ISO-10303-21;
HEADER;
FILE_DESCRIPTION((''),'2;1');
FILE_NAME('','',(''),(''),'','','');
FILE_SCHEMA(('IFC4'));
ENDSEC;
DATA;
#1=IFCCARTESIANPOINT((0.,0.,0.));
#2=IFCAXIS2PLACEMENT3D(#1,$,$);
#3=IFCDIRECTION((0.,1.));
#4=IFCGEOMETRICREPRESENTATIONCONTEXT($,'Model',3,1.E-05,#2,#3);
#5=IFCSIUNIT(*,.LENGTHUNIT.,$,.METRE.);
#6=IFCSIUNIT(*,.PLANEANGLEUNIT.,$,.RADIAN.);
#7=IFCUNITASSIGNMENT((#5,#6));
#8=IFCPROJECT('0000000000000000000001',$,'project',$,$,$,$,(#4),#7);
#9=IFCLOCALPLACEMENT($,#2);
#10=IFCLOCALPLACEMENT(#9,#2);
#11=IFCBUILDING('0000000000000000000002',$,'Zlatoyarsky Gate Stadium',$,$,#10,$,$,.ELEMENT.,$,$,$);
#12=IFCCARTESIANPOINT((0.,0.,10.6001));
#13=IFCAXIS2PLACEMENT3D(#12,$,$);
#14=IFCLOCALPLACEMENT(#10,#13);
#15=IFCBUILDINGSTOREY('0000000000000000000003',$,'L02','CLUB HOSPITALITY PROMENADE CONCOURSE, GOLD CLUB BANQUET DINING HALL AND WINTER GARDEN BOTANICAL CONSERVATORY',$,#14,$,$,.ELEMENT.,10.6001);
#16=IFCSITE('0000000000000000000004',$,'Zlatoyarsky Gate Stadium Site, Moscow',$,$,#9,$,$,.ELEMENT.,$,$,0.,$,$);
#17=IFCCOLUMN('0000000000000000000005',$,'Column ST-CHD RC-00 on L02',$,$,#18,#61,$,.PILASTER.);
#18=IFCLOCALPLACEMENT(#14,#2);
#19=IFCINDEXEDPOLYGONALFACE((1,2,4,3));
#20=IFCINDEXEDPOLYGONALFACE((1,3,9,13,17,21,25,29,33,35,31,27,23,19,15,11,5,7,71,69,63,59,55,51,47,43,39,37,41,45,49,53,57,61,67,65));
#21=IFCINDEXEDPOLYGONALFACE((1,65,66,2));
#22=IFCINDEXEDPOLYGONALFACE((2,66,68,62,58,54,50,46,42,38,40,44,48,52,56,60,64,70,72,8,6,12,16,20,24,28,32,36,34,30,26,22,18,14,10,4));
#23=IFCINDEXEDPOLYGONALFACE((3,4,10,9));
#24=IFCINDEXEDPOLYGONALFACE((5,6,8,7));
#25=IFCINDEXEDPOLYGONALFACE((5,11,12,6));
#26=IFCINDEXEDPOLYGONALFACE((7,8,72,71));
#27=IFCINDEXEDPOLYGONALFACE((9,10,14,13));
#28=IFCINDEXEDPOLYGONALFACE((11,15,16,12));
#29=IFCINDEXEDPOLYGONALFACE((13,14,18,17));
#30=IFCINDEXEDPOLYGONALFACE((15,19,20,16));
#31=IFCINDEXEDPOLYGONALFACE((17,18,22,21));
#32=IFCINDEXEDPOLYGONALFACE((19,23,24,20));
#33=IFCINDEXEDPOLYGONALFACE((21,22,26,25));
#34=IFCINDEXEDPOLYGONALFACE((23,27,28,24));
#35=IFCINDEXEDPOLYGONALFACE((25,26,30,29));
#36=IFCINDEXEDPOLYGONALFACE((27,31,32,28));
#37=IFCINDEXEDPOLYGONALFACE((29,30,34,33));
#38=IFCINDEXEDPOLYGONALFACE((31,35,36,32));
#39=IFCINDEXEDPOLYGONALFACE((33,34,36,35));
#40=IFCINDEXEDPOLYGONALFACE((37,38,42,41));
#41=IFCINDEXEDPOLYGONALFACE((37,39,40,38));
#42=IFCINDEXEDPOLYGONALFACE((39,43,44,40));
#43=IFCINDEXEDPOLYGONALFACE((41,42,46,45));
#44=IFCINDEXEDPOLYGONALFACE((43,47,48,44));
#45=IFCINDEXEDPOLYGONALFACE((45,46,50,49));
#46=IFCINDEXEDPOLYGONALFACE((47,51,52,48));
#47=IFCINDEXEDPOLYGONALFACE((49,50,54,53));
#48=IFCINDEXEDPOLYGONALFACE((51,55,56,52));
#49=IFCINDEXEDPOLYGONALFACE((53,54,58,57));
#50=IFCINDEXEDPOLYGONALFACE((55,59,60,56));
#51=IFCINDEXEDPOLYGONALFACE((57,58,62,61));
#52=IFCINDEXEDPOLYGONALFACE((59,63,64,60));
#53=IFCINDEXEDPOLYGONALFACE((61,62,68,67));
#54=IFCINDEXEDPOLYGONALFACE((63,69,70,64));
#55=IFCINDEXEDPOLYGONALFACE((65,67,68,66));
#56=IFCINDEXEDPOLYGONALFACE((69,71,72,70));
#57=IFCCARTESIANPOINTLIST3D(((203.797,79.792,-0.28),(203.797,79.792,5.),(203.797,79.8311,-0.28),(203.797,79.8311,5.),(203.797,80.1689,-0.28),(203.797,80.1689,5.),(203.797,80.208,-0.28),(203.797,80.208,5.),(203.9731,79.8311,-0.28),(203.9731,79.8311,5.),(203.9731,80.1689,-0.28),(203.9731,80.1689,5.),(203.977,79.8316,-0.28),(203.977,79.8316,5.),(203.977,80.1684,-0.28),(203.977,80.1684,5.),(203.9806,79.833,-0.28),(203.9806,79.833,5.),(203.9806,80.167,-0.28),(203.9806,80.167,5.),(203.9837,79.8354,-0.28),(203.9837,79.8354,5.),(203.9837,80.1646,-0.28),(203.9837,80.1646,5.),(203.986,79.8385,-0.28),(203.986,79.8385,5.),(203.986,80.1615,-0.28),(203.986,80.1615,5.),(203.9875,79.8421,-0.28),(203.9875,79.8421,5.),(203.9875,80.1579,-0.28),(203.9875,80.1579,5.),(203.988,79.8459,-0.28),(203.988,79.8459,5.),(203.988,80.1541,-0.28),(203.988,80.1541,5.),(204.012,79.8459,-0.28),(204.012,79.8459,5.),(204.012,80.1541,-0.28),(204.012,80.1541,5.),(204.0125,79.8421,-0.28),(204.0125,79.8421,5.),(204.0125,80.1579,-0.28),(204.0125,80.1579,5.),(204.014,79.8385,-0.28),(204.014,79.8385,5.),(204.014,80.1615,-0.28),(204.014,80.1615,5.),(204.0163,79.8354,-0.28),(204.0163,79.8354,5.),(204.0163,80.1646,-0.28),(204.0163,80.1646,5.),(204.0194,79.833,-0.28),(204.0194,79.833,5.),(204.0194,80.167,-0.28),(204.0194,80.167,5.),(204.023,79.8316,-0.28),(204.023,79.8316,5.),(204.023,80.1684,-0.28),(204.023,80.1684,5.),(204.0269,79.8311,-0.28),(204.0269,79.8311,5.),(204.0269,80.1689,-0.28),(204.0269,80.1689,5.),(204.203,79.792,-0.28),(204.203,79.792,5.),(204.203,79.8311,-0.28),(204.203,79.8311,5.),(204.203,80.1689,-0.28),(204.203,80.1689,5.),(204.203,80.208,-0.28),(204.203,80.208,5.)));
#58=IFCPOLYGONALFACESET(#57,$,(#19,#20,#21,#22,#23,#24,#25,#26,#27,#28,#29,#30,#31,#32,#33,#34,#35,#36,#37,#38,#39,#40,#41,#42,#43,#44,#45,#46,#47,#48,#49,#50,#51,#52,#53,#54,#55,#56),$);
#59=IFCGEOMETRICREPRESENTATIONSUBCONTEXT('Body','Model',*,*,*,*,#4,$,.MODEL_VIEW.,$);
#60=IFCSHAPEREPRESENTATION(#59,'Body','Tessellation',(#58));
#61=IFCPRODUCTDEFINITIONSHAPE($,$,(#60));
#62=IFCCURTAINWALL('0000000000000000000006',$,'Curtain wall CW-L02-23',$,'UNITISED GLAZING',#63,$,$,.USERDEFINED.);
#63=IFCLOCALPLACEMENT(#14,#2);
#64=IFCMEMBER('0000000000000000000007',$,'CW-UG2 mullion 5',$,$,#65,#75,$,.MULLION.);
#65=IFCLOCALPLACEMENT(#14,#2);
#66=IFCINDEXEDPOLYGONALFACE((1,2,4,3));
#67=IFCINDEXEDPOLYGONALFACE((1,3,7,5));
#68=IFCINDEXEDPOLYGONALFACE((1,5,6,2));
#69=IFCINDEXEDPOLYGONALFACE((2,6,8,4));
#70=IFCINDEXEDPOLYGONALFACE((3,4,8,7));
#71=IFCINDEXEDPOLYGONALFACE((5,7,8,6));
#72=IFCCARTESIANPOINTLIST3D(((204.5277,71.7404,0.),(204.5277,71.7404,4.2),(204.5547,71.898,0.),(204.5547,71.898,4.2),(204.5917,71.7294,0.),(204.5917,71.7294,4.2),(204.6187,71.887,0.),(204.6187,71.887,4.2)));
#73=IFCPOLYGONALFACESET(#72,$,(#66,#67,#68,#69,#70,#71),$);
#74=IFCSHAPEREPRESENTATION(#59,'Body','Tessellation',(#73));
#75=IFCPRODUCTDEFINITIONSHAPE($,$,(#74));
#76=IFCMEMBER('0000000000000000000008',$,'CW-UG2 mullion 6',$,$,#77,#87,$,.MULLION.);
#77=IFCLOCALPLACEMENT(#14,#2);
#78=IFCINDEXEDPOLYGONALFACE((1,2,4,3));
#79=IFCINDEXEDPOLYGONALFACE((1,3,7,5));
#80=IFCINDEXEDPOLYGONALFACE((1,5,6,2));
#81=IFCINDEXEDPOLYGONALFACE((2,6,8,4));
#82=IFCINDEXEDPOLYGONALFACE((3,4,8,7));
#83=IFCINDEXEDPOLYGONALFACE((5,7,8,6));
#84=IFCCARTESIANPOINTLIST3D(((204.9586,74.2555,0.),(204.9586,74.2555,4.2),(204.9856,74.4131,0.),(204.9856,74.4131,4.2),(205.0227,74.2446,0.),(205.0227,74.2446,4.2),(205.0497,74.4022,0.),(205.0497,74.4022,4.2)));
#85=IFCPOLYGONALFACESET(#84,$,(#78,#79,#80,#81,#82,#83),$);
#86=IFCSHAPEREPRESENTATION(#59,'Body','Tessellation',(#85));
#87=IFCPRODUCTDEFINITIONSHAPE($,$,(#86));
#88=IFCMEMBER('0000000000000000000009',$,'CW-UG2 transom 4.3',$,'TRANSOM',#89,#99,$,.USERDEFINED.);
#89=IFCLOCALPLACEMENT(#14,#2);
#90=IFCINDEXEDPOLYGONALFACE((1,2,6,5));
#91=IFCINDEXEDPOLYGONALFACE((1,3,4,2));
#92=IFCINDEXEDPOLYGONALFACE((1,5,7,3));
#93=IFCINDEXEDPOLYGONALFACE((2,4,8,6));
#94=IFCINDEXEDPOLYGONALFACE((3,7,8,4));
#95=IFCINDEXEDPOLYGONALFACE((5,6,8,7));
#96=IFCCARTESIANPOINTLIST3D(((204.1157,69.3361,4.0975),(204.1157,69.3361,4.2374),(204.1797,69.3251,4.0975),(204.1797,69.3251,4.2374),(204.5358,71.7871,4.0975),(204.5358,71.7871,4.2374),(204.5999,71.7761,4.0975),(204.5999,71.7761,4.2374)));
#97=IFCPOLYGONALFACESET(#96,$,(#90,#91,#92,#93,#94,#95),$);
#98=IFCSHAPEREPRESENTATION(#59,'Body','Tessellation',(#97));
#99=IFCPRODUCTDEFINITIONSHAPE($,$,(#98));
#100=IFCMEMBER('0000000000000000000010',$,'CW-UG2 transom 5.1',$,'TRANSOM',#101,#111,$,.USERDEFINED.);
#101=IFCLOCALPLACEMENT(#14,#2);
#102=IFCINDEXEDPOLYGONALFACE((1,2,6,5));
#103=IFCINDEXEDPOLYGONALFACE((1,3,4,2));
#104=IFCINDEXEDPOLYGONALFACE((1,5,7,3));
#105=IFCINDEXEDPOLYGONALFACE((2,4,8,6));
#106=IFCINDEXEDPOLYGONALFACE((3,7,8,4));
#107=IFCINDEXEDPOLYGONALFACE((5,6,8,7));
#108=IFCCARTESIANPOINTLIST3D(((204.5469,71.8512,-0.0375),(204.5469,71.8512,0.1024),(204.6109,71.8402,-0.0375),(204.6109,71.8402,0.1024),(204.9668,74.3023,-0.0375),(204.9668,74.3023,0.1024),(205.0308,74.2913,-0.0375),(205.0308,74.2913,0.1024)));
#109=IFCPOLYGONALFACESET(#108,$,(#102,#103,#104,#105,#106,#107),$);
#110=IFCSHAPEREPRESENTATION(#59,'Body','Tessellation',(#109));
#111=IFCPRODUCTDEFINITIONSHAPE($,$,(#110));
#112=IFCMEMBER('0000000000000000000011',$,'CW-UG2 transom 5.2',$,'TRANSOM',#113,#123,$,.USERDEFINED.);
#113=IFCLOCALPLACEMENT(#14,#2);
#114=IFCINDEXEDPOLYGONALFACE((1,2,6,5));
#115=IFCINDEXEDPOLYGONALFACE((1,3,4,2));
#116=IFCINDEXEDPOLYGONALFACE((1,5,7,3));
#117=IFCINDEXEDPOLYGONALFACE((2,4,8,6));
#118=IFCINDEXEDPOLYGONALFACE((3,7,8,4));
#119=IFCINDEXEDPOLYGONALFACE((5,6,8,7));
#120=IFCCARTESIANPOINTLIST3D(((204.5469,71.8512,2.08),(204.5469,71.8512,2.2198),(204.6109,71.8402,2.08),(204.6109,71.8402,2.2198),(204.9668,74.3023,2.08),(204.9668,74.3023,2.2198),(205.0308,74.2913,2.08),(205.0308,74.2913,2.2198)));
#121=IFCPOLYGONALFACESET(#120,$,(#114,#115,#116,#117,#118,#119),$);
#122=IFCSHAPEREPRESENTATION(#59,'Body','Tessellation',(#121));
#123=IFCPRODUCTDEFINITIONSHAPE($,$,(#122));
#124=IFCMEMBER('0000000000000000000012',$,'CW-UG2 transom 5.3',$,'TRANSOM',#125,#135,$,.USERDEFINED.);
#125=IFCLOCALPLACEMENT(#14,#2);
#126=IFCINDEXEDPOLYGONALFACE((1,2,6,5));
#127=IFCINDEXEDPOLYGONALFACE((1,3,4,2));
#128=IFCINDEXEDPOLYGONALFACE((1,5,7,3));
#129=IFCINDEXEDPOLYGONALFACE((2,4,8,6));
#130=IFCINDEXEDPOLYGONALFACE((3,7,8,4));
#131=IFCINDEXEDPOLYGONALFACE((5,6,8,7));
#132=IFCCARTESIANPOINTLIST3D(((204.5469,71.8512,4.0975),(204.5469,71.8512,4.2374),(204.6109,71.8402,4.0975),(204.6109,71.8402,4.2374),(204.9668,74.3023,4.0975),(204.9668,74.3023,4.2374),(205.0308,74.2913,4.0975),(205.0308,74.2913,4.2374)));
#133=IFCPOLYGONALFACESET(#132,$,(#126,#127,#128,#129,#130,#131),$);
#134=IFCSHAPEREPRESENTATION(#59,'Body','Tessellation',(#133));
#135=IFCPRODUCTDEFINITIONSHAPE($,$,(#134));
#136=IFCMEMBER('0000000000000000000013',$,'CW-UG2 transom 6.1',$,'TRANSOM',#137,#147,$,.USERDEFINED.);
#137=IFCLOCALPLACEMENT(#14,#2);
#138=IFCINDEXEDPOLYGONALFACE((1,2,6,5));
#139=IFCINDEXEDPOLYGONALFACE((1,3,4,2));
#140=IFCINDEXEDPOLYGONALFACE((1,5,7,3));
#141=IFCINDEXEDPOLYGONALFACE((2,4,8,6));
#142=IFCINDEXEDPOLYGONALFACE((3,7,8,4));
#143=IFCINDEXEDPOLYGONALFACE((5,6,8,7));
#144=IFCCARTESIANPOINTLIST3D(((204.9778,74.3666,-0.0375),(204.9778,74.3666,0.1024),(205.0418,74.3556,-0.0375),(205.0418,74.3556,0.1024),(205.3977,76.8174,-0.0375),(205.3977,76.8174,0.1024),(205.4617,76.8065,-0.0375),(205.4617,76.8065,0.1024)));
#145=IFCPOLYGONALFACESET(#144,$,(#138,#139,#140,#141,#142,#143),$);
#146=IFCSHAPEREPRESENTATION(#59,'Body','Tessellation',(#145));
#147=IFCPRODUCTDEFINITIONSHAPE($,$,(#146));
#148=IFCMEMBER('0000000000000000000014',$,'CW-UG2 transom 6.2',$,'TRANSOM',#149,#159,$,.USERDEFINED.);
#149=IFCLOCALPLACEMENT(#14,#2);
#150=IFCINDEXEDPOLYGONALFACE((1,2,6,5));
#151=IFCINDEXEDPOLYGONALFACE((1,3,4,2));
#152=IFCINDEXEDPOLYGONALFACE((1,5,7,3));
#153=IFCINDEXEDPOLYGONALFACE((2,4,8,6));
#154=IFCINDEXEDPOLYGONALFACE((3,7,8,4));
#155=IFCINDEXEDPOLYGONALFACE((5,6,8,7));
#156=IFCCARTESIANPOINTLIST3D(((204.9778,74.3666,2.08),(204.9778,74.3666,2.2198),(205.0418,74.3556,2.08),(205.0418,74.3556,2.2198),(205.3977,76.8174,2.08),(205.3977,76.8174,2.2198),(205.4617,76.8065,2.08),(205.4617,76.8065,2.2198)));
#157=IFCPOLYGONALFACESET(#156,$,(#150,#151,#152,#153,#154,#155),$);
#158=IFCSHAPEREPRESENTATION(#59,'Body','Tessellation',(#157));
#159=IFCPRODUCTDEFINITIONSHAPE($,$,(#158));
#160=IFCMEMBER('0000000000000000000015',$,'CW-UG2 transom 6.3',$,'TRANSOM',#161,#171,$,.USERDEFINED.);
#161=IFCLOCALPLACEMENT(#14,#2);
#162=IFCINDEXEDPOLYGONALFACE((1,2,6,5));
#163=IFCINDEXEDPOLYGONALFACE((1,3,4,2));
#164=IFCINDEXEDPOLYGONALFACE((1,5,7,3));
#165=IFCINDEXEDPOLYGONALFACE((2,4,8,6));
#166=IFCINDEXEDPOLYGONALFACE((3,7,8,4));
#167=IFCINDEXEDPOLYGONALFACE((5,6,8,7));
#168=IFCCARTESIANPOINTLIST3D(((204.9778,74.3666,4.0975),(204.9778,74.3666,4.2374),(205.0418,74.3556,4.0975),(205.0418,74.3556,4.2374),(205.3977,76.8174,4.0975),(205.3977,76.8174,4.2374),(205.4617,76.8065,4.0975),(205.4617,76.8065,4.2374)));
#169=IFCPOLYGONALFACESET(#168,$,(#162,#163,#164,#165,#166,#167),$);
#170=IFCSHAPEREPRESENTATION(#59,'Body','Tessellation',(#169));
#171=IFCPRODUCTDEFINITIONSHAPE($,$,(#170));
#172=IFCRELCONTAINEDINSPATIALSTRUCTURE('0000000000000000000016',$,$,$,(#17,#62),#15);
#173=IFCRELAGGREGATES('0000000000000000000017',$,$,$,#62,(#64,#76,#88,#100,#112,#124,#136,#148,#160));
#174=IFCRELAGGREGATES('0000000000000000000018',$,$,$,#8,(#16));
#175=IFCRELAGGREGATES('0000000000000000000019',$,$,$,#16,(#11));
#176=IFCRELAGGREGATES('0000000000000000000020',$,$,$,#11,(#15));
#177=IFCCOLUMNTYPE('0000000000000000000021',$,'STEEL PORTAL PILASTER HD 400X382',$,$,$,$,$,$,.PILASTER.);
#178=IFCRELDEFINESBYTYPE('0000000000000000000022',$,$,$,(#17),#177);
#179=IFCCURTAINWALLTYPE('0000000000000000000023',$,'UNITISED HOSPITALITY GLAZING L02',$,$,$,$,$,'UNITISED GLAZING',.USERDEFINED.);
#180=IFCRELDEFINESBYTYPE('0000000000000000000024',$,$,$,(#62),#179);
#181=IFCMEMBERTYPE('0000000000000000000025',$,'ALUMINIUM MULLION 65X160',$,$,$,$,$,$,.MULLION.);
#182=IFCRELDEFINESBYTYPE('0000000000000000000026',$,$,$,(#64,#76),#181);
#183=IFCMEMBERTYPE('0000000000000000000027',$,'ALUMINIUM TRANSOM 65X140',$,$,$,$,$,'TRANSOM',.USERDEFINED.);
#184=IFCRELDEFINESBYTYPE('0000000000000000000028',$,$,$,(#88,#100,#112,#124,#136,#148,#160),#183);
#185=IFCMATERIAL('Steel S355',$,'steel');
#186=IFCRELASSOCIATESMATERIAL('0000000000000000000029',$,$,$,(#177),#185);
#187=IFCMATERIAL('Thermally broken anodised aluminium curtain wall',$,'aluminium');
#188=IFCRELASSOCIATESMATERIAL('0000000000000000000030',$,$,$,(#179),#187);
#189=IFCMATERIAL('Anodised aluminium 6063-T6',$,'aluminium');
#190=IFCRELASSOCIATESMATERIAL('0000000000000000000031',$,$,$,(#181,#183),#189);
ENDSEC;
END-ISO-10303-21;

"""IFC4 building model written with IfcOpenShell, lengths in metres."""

from ifc_helpers import new_model, si_unit, direction, frame, origin, origin_2d, place, context, subcontext, project, spatial, rectangle, i_section, extrude, material, material_profile, profile_set, type_object, element, aggregate, save


model = new_model("IFC4")

# Units and contexts
model_context = context("Model", 3, precision=1e-05, world=origin(), true_north=direction((0.0, 1.0)))
body_context = subcontext(model_context, "Body", "Model", "MODEL_VIEW")
ifc_project = project(units=[si_unit("LENGTHUNIT", "METRE"), si_unit("PLANEANGLEUNIT", "RADIAN")], contexts=[model_context])

# Site, building, storey
site_placement = place(None, origin())
site = spatial("IfcSite", under=ifc_project, at=site_placement, Name="Zlatoyarsky Gate Stadium Site, Moscow", CompositionType="ELEMENT", RefElevation=0.0)
building_placement = place(site_placement, origin())
building = spatial("IfcBuilding", under=site, at=building_placement, Name="Zlatoyarsky Gate Stadium", CompositionType="ELEMENT")
storey_placement = place(building_placement, frame((0.0, 0.0, 10.6001)))
storey = spatial("IfcBuildingStorey", under=building, at=storey_placement, Name="L02", Description="CLUB HOSPITALITY PROMENADE CONCOURSE, GOLD CLUB BANQUET DINING HALL AND WINTER GARDEN BOTANICAL CONSERVATORY", CompositionType="ELEMENT", Elevation=10.6001)

# Column
ifc_material_1 = material(Name="Steel S355", Category="steel")
ifc_material_profile_1 = material_profile(ifc_material_1, i_section(OverallWidth=0.406, OverallDepth=0.416, WebThickness=0.0239, FlangeThickness=0.0391, FilletRadius=0.0149, at=origin_2d()), Name="HD 400X382")
ifc_profile_set_1 = profile_set([ifc_material_profile_1], Name="Steel S355")
column_type = type_object("IfcColumnType", Name="STEEL PORTAL PILASTER HD 400X382", PredefinedType="PILASTER", material=ifc_profile_set_1)
column_placement = place(storey_placement, frame((204.0, 80.0, -0.28), z_axis=(0.0, 0.0, 1.0), x_axis=(1.0, 0.0, 0.0)))
element("IfcColumn", 1, at=column_placement, inside=storey, type_object=column_type, Name="Column ST-CHD RC-00 on L02", PredefinedType="PILASTER", context=body_context, shape_type="SweptSolid", body=[
    extrude(i_section(OverallWidth=0.406, OverallDepth=0.416, WebThickness=0.0239, FlangeThickness=0.0391, FilletRadius=0.0149, at=origin_2d()), origin(), (0.0, 0.0, 1.0), 5.28),
])

# Curtain wall, members
ifc_material_2 = material(Name="Thermally broken anodised aluminium curtain wall", Category="aluminium")
curtain_wall_type = type_object("IfcCurtainWallType", Name="UNITISED HOSPITALITY GLAZING L02", ElementType="UNITISED GLAZING", PredefinedType="USERDEFINED", material=ifc_material_2)
curtain_wall_placement = place(storey_placement, origin())
curtain_wall = element("IfcCurtainWall", 2, at=curtain_wall_placement, inside=storey, type_object=curtain_wall_type, Name="Curtain wall CW-L02-23", ObjectType="UNITISED GLAZING", PredefinedType="USERDEFINED")
ifc_material_3 = material(Name="Anodised aluminium 6063-T6", Category="aluminium")
ifc_material_profile_2 = material_profile(ifc_material_3, rectangle(XDim=0.0649, YDim=0.1599, at=origin_2d()), Name="ALU 65X160")
ifc_profile_set_2 = profile_set([ifc_material_profile_2], Name="Anodised aluminium 6063-T6")
member_type_1 = type_object("IfcMemberType", Name="ALUMINIUM MULLION 65X160", PredefinedType="MULLION", material=ifc_profile_set_2)
member_1_placement = place(storey_placement, frame((204.5732, 71.8137, 0.0), z_axis=(0.0, 0.0, 1.0), x_axis=(-0.985637, 0.168876, 0.0)))
member_1 = element("IfcMember", 3, at=member_1_placement, type_object=member_type_1, Name="CW-UG2 mullion 5", PredefinedType="MULLION", context=body_context, shape_type="SweptSolid", body=[
    extrude(rectangle(XDim=0.0649, YDim=0.1599, at=origin_2d()), origin(), (0.0, 0.0, 1.0), 4.2),
])
member_2_placement = place(storey_placement, frame((205.0042, 74.3289, 0.0), z_axis=(0.0, 0.0, 1.0), x_axis=(-0.985637, 0.168876, 0.0)))
member_2 = element("IfcMember", 4, at=member_2_placement, type_object=member_type_1, Name="CW-UG2 mullion 6", PredefinedType="MULLION", context=body_context, shape_type="SweptSolid", body=[
    extrude(rectangle(XDim=0.0649, YDim=0.1599, at=origin_2d()), origin(), (0.0, 0.0, 1.0), 4.2),
])
ifc_material_profile_3 = material_profile(ifc_material_3, rectangle(XDim=0.0649, YDim=0.1399, at=origin_2d()), Name="ALU 65X140")
ifc_profile_set_3 = profile_set([ifc_material_profile_3], Name="Anodised aluminium 6063-T6")
member_type_2 = type_object("IfcMemberType", Name="ALUMINIUM TRANSOM 65X140", ElementType="TRANSOM", PredefinedType="USERDEFINED", material=ifc_profile_set_3)
member_3_placement = place(storey_placement, frame((204.1477, 69.3306, 4.1675), z_axis=(0.16895, 0.985625, 0.0), x_axis=(-0.985625, 0.16895, 0.0)))
member_3 = element("IfcMember", 5, at=member_3_placement, type_object=member_type_2, Name="CW-UG2 transom 4.3", ObjectType="TRANSOM", PredefinedType="USERDEFINED", context=body_context, shape_type="SweptSolid", body=[
    extrude(rectangle(XDim=0.0649, YDim=0.1399, at=origin_2d()), origin(), (0.0, 0.0, 1.0), 2.4868),
])
member_4_placement = place(storey_placement, frame((204.5789, 71.8457, 0.0325), z_axis=(0.168855, 0.985641, 0.0), x_axis=(-0.985641, 0.168855, 0.0)))
member_4 = element("IfcMember", 6, at=member_4_placement, type_object=member_type_2, Name="CW-UG2 transom 5.1", ObjectType="TRANSOM", PredefinedType="USERDEFINED", context=body_context, shape_type="SweptSolid", body=[
    extrude(rectangle(XDim=0.0649, YDim=0.1399, at=origin_2d()), origin(), (0.0, 0.0, 1.0), 2.4868),
])
member_5_placement = place(storey_placement, frame((204.5789, 71.8457, 2.1499), z_axis=(0.168855, 0.985641, 0.0), x_axis=(-0.985641, 0.168855, 0.0)))
member_5 = element("IfcMember", 7, at=member_5_placement, type_object=member_type_2, Name="CW-UG2 transom 5.2", ObjectType="TRANSOM", PredefinedType="USERDEFINED", context=body_context, shape_type="SweptSolid", body=[
    extrude(rectangle(XDim=0.0649, YDim=0.1399, at=origin_2d()), origin(), (0.0, 0.0, 1.0), 2.4868),
])
member_6_placement = place(storey_placement, frame((204.5789, 71.8457, 4.1675), z_axis=(0.168855, 0.985641, 0.0), x_axis=(-0.985641, 0.168855, 0.0)))
member_6 = element("IfcMember", 8, at=member_6_placement, type_object=member_type_2, Name="CW-UG2 transom 5.3", ObjectType="TRANSOM", PredefinedType="USERDEFINED", context=body_context, shape_type="SweptSolid", body=[
    extrude(rectangle(XDim=0.0649, YDim=0.1399, at=origin_2d()), origin(), (0.0, 0.0, 1.0), 2.4868),
])
member_7_placement = place(storey_placement, frame((205.0098, 74.3611, 0.0325), z_axis=(0.168871, 0.985638, 0.0), x_axis=(-0.985638, 0.168871, 0.0)))
member_7 = element("IfcMember", 9, at=member_7_placement, type_object=member_type_2, Name="CW-UG2 transom 6.1", ObjectType="TRANSOM", PredefinedType="USERDEFINED", context=body_context, shape_type="SweptSolid", body=[
    extrude(rectangle(XDim=0.0649, YDim=0.1399, at=origin_2d()), origin(), (0.0, 0.0, 1.0), 2.4866),
])
member_8_placement = place(storey_placement, frame((205.0098, 74.3611, 2.1499), z_axis=(0.168871, 0.985638, 0.0), x_axis=(-0.985638, 0.168871, 0.0)))
member_8 = element("IfcMember", 10, at=member_8_placement, type_object=member_type_2, Name="CW-UG2 transom 6.2", ObjectType="TRANSOM", PredefinedType="USERDEFINED", context=body_context, shape_type="SweptSolid", body=[
    extrude(rectangle(XDim=0.0649, YDim=0.1399, at=origin_2d()), origin(), (0.0, 0.0, 1.0), 2.4866),
])
member_9_placement = place(storey_placement, frame((205.0098, 74.3611, 4.1675), z_axis=(0.168871, 0.985638, 0.0), x_axis=(-0.985638, 0.168871, 0.0)))
member_9 = element("IfcMember", 11, at=member_9_placement, type_object=member_type_2, Name="CW-UG2 transom 6.3", ObjectType="TRANSOM", PredefinedType="USERDEFINED", context=body_context, shape_type="SweptSolid", body=[
    extrude(rectangle(XDim=0.0649, YDim=0.1399, at=origin_2d()), origin(), (0.0, 0.0, 1.0), 2.4866),
])

aggregate(curtain_wall, [member_1, member_2, member_3, member_4, member_5, member_6, member_7, member_8, member_9])

save(model, "model.ifc")
